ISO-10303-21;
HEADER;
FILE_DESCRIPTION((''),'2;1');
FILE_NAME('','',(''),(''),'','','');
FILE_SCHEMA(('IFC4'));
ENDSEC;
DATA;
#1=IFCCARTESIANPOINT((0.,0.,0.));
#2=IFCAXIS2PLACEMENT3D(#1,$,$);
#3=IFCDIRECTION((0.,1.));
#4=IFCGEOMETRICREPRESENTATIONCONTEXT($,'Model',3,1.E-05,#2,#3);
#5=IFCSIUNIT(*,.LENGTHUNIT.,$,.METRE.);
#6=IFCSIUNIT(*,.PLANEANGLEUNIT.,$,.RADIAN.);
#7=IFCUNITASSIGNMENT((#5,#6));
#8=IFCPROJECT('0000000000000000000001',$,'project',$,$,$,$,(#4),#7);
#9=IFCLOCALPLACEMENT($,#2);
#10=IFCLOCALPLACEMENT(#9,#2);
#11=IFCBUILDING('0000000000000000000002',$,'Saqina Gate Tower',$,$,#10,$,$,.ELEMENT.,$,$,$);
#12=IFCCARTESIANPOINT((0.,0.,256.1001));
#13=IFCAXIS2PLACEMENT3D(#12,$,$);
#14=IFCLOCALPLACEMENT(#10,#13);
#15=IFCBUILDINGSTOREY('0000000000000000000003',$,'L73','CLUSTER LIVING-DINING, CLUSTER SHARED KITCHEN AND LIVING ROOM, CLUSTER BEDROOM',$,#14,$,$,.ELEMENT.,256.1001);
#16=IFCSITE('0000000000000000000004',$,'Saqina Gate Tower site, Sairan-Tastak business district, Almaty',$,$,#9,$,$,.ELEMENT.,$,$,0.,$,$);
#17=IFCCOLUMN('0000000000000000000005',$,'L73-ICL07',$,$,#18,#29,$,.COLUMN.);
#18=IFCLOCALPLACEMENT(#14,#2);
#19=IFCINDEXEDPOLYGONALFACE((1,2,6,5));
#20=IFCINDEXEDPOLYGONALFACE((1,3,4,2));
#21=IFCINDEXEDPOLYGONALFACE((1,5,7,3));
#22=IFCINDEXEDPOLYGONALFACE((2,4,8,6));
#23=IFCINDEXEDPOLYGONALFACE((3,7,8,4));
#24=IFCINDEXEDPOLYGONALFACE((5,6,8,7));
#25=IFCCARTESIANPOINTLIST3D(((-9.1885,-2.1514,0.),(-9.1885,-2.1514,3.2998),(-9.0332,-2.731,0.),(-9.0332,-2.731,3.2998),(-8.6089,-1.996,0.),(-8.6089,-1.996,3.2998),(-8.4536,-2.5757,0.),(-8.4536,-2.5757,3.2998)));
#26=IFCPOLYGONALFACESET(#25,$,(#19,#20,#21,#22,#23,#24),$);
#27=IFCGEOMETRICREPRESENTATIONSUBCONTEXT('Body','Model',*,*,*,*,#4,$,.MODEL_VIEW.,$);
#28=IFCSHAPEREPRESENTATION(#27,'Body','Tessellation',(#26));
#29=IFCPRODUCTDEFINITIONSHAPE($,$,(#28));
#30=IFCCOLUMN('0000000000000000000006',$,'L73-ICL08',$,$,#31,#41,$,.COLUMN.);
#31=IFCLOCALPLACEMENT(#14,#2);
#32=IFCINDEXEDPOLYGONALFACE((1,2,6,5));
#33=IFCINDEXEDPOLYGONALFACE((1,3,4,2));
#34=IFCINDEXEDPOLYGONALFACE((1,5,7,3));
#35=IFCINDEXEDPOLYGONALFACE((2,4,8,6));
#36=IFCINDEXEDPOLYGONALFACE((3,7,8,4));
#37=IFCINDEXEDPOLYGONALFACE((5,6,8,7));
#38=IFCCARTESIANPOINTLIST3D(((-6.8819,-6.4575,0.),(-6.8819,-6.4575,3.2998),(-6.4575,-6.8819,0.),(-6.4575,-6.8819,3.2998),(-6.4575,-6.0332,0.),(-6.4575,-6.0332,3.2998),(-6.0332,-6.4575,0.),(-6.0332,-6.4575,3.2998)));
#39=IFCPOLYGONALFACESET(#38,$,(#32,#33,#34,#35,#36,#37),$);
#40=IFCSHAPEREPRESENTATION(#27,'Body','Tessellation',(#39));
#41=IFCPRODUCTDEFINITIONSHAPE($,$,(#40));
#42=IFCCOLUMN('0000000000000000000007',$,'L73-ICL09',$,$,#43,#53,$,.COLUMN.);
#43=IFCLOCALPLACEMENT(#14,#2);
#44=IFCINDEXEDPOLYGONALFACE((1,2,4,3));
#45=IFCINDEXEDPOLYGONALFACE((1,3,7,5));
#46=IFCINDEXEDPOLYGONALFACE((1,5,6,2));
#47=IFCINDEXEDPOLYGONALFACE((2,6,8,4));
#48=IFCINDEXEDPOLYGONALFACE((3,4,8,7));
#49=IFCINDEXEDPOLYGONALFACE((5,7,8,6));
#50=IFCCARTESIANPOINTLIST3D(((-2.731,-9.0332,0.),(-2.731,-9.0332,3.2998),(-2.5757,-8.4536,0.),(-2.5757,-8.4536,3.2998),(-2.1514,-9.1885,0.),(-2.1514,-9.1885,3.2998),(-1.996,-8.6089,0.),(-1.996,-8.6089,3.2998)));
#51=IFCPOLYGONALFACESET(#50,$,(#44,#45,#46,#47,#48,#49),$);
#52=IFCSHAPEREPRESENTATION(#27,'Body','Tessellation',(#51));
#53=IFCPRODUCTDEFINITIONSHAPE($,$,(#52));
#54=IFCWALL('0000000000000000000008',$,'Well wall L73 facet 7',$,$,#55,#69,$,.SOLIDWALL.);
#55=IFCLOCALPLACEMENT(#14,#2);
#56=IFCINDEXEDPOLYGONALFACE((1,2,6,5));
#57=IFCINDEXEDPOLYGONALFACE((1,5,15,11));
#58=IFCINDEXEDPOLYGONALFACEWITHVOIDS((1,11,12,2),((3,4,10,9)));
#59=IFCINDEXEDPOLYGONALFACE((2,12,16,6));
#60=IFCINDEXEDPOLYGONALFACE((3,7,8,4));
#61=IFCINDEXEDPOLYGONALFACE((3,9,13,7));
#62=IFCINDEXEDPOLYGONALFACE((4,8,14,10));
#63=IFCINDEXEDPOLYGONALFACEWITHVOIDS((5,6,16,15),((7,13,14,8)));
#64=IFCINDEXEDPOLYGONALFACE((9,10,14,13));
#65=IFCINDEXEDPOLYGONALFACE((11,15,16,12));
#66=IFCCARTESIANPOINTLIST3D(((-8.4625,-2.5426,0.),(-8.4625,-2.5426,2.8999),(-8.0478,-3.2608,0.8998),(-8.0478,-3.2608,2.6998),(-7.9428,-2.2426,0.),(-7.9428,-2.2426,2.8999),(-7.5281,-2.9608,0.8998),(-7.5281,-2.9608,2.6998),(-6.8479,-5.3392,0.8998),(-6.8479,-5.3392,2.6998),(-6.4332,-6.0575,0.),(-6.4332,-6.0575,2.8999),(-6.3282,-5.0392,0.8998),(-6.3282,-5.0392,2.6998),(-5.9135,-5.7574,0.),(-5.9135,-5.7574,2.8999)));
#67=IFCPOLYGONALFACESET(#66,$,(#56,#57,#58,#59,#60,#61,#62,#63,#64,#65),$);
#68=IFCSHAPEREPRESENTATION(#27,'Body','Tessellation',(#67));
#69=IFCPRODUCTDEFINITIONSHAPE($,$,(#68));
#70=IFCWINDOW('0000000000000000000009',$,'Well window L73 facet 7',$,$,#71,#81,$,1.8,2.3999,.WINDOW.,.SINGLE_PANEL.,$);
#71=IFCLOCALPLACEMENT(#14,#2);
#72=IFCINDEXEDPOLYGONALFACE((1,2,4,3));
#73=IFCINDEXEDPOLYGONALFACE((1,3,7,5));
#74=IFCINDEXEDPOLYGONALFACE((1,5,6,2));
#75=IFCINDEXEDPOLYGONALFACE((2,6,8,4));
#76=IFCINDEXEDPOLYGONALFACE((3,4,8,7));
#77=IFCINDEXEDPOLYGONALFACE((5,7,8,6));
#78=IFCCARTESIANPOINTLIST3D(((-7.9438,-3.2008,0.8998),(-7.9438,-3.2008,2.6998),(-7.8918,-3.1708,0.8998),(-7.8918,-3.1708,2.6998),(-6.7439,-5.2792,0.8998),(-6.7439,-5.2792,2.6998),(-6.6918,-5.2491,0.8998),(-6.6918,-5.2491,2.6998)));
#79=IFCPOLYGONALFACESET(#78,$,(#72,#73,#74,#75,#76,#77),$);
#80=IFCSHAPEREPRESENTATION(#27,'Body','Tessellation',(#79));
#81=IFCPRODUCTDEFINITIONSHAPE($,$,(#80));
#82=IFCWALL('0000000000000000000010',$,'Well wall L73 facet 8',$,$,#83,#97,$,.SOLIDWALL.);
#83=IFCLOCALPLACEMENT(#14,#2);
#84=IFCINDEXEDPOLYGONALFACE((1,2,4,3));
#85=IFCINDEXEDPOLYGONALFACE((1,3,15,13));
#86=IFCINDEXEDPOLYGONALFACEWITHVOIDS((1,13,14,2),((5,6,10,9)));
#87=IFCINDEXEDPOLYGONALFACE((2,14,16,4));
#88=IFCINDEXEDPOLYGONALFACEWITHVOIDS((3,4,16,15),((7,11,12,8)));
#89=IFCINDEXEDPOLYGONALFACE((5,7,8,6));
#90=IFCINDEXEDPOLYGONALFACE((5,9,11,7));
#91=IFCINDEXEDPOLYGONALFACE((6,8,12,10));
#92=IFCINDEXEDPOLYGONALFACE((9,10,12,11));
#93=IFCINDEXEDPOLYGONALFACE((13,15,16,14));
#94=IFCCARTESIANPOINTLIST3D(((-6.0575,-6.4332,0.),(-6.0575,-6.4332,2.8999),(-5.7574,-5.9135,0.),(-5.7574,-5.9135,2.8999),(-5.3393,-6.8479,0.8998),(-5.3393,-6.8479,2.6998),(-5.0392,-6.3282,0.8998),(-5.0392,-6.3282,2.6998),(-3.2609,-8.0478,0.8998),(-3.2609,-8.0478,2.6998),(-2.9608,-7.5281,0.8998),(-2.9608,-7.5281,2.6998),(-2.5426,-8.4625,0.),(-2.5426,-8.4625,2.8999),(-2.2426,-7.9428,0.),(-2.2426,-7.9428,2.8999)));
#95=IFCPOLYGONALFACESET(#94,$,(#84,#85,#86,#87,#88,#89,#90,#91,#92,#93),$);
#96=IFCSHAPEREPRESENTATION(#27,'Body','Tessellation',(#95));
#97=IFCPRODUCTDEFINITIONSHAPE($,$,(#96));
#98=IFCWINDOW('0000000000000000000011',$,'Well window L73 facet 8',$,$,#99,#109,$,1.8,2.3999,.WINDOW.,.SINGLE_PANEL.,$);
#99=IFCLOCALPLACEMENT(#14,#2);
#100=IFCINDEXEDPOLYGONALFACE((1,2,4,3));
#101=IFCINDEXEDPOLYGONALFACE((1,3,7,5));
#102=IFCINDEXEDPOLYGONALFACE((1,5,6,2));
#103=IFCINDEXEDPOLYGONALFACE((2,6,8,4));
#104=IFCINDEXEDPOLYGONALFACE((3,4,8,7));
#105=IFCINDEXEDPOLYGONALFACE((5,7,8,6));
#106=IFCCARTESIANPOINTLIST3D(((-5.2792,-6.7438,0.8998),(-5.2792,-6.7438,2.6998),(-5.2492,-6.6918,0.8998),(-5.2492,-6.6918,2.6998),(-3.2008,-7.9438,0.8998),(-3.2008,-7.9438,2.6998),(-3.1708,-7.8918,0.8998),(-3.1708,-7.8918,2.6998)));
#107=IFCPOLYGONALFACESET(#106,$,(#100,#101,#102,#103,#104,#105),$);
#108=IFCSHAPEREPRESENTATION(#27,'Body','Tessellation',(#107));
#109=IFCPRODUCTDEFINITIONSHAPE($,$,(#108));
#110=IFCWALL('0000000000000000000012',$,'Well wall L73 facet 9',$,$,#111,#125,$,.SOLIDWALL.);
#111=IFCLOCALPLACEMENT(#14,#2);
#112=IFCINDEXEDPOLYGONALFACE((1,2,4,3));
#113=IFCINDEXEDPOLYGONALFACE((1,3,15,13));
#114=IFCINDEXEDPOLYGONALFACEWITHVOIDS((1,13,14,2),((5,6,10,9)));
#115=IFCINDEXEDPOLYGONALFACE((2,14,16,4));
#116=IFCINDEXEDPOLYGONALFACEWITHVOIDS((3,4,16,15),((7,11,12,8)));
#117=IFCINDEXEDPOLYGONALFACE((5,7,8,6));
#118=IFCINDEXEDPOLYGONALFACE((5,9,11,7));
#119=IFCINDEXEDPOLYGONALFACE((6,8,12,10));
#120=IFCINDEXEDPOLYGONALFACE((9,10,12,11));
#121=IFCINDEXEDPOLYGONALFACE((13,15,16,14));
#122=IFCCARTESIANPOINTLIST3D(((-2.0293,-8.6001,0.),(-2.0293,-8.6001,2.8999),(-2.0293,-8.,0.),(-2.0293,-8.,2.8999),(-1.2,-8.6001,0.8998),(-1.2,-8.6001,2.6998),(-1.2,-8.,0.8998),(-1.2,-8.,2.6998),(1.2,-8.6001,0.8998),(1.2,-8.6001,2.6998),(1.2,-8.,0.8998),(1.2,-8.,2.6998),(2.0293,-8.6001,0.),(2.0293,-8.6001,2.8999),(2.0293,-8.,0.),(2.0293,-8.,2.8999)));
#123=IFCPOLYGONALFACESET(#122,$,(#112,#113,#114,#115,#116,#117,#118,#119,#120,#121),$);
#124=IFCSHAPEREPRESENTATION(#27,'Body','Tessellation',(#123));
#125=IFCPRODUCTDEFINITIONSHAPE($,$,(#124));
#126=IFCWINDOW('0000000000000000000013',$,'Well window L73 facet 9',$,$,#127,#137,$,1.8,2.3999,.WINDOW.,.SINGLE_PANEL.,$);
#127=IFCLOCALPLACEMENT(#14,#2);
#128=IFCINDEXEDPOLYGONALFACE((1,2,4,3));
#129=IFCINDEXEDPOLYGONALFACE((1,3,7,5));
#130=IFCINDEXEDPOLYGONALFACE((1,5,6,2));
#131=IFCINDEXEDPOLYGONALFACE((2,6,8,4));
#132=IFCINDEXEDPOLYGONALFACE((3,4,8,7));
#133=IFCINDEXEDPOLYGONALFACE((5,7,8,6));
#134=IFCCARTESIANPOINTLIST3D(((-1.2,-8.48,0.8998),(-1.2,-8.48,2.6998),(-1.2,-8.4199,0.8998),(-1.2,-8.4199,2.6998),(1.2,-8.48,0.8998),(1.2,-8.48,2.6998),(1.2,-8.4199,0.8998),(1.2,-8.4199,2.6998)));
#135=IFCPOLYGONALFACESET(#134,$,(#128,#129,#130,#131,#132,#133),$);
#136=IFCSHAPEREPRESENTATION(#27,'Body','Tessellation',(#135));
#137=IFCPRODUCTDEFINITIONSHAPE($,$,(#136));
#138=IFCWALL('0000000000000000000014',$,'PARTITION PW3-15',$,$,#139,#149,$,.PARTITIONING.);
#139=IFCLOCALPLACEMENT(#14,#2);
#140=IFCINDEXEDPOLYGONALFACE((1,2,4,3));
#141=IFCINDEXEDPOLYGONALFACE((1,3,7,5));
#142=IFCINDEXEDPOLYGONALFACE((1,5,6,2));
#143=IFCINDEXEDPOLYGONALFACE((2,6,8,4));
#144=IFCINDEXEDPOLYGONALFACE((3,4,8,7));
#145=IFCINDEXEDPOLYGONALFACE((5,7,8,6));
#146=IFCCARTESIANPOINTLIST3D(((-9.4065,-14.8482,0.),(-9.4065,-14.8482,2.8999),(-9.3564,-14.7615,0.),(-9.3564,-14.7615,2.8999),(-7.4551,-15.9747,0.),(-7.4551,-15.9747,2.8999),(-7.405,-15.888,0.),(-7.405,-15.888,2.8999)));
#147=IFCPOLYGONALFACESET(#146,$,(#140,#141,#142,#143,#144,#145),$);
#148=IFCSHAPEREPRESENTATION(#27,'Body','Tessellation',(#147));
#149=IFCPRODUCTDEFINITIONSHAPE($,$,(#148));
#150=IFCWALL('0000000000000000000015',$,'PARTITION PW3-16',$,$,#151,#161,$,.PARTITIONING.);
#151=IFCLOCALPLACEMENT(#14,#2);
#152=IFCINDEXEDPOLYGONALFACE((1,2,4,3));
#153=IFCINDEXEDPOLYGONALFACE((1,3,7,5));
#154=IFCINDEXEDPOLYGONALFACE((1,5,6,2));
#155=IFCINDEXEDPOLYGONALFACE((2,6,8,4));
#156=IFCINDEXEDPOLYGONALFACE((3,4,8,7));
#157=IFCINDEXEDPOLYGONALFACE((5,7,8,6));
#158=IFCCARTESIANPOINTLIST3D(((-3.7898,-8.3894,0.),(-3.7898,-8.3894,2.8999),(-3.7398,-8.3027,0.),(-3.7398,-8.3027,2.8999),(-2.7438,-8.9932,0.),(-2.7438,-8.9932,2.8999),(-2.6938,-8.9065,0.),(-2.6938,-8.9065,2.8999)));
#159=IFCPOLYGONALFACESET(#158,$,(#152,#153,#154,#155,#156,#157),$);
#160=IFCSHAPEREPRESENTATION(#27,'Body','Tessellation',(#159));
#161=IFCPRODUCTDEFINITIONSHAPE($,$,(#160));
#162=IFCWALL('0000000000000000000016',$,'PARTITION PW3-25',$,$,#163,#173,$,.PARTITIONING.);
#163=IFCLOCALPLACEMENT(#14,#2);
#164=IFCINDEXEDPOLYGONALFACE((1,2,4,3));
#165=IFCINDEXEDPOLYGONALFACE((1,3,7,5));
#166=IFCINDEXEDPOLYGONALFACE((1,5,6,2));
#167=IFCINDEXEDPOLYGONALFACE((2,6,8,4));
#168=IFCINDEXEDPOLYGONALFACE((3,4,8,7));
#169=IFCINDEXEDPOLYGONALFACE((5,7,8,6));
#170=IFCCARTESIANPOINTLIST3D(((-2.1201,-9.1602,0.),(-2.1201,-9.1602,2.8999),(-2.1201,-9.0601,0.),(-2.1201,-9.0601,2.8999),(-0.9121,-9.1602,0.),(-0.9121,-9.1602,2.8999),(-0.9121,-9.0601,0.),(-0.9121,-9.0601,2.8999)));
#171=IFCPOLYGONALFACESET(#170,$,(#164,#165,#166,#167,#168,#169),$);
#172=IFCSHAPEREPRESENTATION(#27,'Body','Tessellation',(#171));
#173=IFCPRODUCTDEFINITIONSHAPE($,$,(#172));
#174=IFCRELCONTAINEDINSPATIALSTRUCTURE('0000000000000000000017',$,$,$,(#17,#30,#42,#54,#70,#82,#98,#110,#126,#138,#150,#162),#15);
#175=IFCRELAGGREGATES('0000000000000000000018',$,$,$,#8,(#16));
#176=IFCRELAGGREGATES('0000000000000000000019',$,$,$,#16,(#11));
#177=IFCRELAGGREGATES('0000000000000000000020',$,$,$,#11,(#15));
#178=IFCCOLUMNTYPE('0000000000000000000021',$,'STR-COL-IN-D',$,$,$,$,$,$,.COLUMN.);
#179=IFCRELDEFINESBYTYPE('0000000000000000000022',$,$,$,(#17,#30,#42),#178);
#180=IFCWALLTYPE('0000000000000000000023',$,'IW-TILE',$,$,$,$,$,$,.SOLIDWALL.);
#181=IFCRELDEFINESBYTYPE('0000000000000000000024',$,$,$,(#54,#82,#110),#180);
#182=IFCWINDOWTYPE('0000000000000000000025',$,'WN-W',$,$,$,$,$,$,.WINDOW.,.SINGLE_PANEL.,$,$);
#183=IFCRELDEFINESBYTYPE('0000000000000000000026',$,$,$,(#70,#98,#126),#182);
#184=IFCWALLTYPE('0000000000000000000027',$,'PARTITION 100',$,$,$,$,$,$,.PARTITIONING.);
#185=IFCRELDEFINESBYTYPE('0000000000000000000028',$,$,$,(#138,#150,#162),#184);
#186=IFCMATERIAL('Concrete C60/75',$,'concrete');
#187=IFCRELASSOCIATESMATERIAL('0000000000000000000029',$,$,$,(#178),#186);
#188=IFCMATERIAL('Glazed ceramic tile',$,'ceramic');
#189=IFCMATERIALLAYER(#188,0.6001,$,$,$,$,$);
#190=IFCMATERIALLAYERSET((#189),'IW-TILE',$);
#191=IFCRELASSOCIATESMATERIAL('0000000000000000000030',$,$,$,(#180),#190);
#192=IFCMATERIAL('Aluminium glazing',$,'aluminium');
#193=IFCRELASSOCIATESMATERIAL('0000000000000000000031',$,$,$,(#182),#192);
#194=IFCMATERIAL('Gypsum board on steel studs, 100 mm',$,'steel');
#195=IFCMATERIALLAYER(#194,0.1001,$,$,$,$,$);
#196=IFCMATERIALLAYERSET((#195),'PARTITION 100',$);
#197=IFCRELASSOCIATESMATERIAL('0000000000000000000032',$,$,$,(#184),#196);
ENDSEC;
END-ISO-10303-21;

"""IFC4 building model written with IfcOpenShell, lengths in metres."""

from ifc_helpers import new_model, si_unit, direction, frame, frame_2d, origin, origin_2d, place, context, subcontext, project, spatial, rectangle, extrude, material, layer, layer_set, material_profile, profile_set, type_object, element, fill, save


model = new_model("IFC4")

# Units and contexts
model_context = context("Model", 3, precision=1e-05, world=origin(), true_north=direction((0.0, 1.0)))
body_context = subcontext(model_context, "Body", "Model", "MODEL_VIEW")
ifc_project = project(units=[si_unit("LENGTHUNIT", "METRE"), si_unit("PLANEANGLEUNIT", "RADIAN")], contexts=[model_context])

# Site, building, storey
site_placement = place(None, origin())
site = spatial("IfcSite", under=ifc_project, at=site_placement, Name="Saqina Gate Tower site, Sairan-Tastak business district, Almaty", CompositionType="ELEMENT", RefElevation=0.0)
building_placement = place(site_placement, origin())
building = spatial("IfcBuilding", under=site, at=building_placement, Name="Saqina Gate Tower", CompositionType="ELEMENT")
storey_placement = place(building_placement, frame((0.0, 0.0, 256.1001)))
storey = spatial("IfcBuildingStorey", under=building, at=storey_placement, Name="L73", Description="CLUSTER LIVING-DINING, CLUSTER SHARED KITCHEN AND LIVING ROOM, CLUSTER BEDROOM", CompositionType="ELEMENT", Elevation=256.1001)

# Columns
ifc_material_1 = material(Name="Concrete C60/75", Category="concrete")
ifc_material_profile = material_profile(ifc_material_1, rectangle(XDim=0.6001, YDim=0.6001, at=origin_2d()), Name="RC 600x600")
ifc_profile_set = profile_set([ifc_material_profile], Name="Concrete C60/75")
column_type = type_object("IfcColumnType", Name="STR-COL-IN-D", PredefinedType="COLUMN", material=ifc_profile_set)
for number, where, z_axis, x_axis, name in (
    (1, (-8.821, -2.3635, 0.0), (0.0, 0.0, 1.0), (-0.965926, -0.258819, 0.0), "L73-ICL07"),
    (2, (-6.4575, -6.4575, 0.0), (0.0, 0.0, 1.0), (-0.707107, -0.707107, 0.0), "L73-ICL08"),
    (3, (-2.3635, -8.821, 0.0), (0.0, 0.0, 1.0), (-0.258819, -0.965926, 0.0), "L73-ICL09"),
):
    element("IfcColumn", number, at=place(storey_placement, frame(where, z_axis=z_axis, x_axis=x_axis)), inside=storey, type_object=column_type, Name=name, PredefinedType="COLUMN", context=body_context, shape_type="SweptSolid", body=[
        extrude(rectangle(XDim=0.6001, YDim=0.6001, at=origin_2d()), origin(), (0.0, 0.0, 1.0), 3.2998),
    ])

# Walls, openings, windows
ifc_material_2 = material(Name="Glazed ceramic tile", Category="ceramic")
ifc_layer_1 = layer(ifc_material_2, 0.6001)
ifc_layer_set_1 = layer_set([ifc_layer_1], Name="IW-TILE")
wall_type_1 = type_object("IfcWallType", Name="IW-TILE", PredefinedType="SOLIDWALL", material=ifc_layer_set_1)
wall_1_placement = place(storey_placement, frame((-8.2026, -2.3926, 0.0), z_axis=(0.0, 0.0, 1.0), x_axis=(0.499995, -0.866028, 0.0)))
wall_1 = element("IfcWall", 4, at=wall_1_placement, inside=storey, type_object=wall_type_1, Name="Well wall L73 facet 7", PredefinedType="SOLIDWALL", context=body_context, shape_type="SweptSolid", body=[
    extrude(rectangle(XDim=4.0586, YDim=0.6001, at=frame_2d((2.0293, 0.0))), origin(), (0.0, 0.0, 1.0), 2.8999),
])
opening_1_placement = place(wall_1_placement, frame((0.8293, 0.0, 0.8999)))
opening_1 = element("IfcOpeningElement", 5, at=opening_1_placement, cuts=wall_1, PredefinedType="OPENING", context=body_context, shape_type="SweptSolid", body=[
    extrude(rectangle(XDim=2.3999, YDim=1.8, at=frame_2d((1.2, 0.8999))), frame((0.0, 0.312, 0.0), z_axis=(0.0, -1.0, 0.0), x_axis=(1.0, 0.0, 0.0)), (0.0, 0.0, 1.0), 0.624),
])
ifc_material_3 = material(Name="Aluminium glazing", Category="aluminium")
window_type = type_object("IfcWindowType", Name="WN-W", PartitioningType="SINGLE_PANEL", PredefinedType="WINDOW", material=ifc_material_3)
window_1_placement = place(opening_1_placement, origin())
window_1 = element("IfcWindow", 6, at=window_1_placement, inside=storey, type_object=window_type, Name="Well window L73 facet 7", OverallHeight=1.8, OverallWidth=2.3999, PartitioningType="SINGLE_PANEL", PredefinedType="WINDOW", context=body_context, shape_type="SweptSolid", body=[
    extrude(rectangle(XDim=2.3999, YDim=1.8, at=frame_2d((1.2, 0.8999))), frame((0.0, -0.1199, 0.0), z_axis=(0.0, -1.0, 0.0), x_axis=(1.0, 0.0, 0.0)), (0.0, 0.0, 1.0), 0.0601),
])
fill(opening_1, window_1)
wall_2_placement = place(storey_placement, frame((-5.9075, -6.1733, 0.0), z_axis=(0.0, 0.0, 1.0), x_axis=(0.866028, -0.499995, 0.0)))
wall_2 = element("IfcWall", 7, at=wall_2_placement, inside=storey, type_object=wall_type_1, Name="Well wall L73 facet 8", PredefinedType="SOLIDWALL", context=body_context, shape_type="SweptSolid", body=[
    extrude(rectangle(XDim=4.0586, YDim=0.6001, at=frame_2d((2.0293, 0.0))), origin(), (0.0, 0.0, 1.0), 2.8999),
])
opening_2_placement = place(wall_2_placement, frame((0.8293, 0.0, 0.8999)))
opening_2 = element("IfcOpeningElement", 8, at=opening_2_placement, cuts=wall_2, PredefinedType="OPENING", context=body_context, shape_type="SweptSolid", body=[
    extrude(rectangle(XDim=2.3999, YDim=1.8, at=frame_2d((1.2, 0.8999))), frame((0.0, 0.312, 0.0), z_axis=(0.0, -1.0, 0.0), x_axis=(1.0, 0.0, 0.0)), (0.0, 0.0, 1.0), 0.624),
])
window_2_placement = place(opening_2_placement, origin())
window_2 = element("IfcWindow", 9, at=window_2_placement, inside=storey, type_object=window_type, Name="Well window L73 facet 8", OverallHeight=1.8, OverallWidth=2.3999, PartitioningType="SINGLE_PANEL", PredefinedType="WINDOW", context=body_context, shape_type="SweptSolid", body=[
    extrude(rectangle(XDim=2.3999, YDim=1.8, at=frame_2d((1.2, 0.8999))), frame((0.0, -0.1199, 0.0), z_axis=(0.0, -1.0, 0.0), x_axis=(1.0, 0.0, 0.0)), (0.0, 0.0, 1.0), 0.0601),
])
fill(opening_2, window_2)
wall_3_placement = place(storey_placement, frame((-2.0293, -8.3, 0.0), z_axis=(0.0, 0.0, 1.0), x_axis=(1.0, 0.0, 0.0)))
wall_3 = element("IfcWall", 10, at=wall_3_placement, inside=storey, type_object=wall_type_1, Name="Well wall L73 facet 9", PredefinedType="SOLIDWALL", context=body_context, shape_type="SweptSolid", body=[
    extrude(rectangle(XDim=4.0586, YDim=0.6001, at=frame_2d((2.0293, 0.0))), origin(), (0.0, 0.0, 1.0), 2.8999),
])
opening_3_placement = place(wall_3_placement, frame((0.8293, 0.0, 0.8999)))
opening_3 = element("IfcOpeningElement", 11, at=opening_3_placement, cuts=wall_3, PredefinedType="OPENING", context=body_context, shape_type="SweptSolid", body=[
    extrude(rectangle(XDim=2.3999, YDim=1.8, at=frame_2d((1.2, 0.8999))), frame((0.0, 0.312, 0.0), z_axis=(0.0, -1.0, 0.0), x_axis=(1.0, 0.0, 0.0)), (0.0, 0.0, 1.0), 0.624),
])
window_3_placement = place(opening_3_placement, origin())
window_3 = element("IfcWindow", 12, at=window_3_placement, inside=storey, type_object=window_type, Name="Well window L73 facet 9", OverallHeight=1.8, OverallWidth=2.3999, PartitioningType="SINGLE_PANEL", PredefinedType="WINDOW", context=body_context, shape_type="SweptSolid", body=[
    extrude(rectangle(XDim=2.3999, YDim=1.8, at=frame_2d((1.2, 0.8999))), frame((0.0, -0.1199, 0.0), z_axis=(0.0, -1.0, 0.0), x_axis=(1.0, 0.0, 0.0)), (0.0, 0.0, 1.0), 0.0601),
])
fill(opening_3, window_3)

# Walls
ifc_material_4 = material(Name="Gypsum board on steel studs, 100 mm", Category="steel")
ifc_layer_2 = layer(ifc_material_4, 0.1001)
ifc_layer_set_2 = layer_set([ifc_layer_2], Name="PARTITION 100")
wall_type_2 = type_object("IfcWallType", Name="PARTITION 100", PredefinedType="PARTITIONING", material=ifc_layer_set_2)
wall_4_placement = place(storey_placement, frame((-9.3813, -14.8049, 0.0), z_axis=(0.0, 0.0, 1.0), x_axis=(0.866061, -0.499938, 0.0)))
element("IfcWall", 13, at=wall_4_placement, inside=storey, type_object=wall_type_2, Name="PARTITION PW3-15", PredefinedType="PARTITIONING", context=body_context, shape_type="SweptSolid", body=[
    extrude(rectangle(XDim=2.2532, YDim=0.1001, at=frame_2d((1.1265, 0.0))), origin(), (0.0, 0.0, 1.0), 2.8999),
])
wall_5_placement = place(storey_placement, frame((-3.7649, -8.3459, 0.0), z_axis=(0.0, 0.0, 1.0), x_axis=(0.866058, -0.499944, 0.0)))
element("IfcWall", 14, at=wall_5_placement, inside=storey, type_object=wall_type_2, Name="PARTITION PW3-16", PredefinedType="PARTITIONING", context=body_context, shape_type="SweptSolid", body=[
    extrude(rectangle(XDim=1.2078, YDim=0.1001, at=frame_2d((0.604, 0.0))), origin(), (0.0, 0.0, 1.0), 2.8999),
])
wall_6_placement = place(storey_placement, frame((-2.1201, -9.1101, 0.0), z_axis=(0.0, 0.0, 1.0), x_axis=(1.0, 0.0, 0.0)))
element("IfcWall", 15, at=wall_6_placement, inside=storey, type_object=wall_type_2, Name="PARTITION PW3-25", PredefinedType="PARTITIONING", context=body_context, shape_type="SweptSolid", body=[
    extrude(rectangle(XDim=1.208, YDim=0.1001, at=frame_2d((0.604, 0.0))), origin(), (0.0, 0.0, 1.0), 2.8999),
])

save(model, "model.ifc")
